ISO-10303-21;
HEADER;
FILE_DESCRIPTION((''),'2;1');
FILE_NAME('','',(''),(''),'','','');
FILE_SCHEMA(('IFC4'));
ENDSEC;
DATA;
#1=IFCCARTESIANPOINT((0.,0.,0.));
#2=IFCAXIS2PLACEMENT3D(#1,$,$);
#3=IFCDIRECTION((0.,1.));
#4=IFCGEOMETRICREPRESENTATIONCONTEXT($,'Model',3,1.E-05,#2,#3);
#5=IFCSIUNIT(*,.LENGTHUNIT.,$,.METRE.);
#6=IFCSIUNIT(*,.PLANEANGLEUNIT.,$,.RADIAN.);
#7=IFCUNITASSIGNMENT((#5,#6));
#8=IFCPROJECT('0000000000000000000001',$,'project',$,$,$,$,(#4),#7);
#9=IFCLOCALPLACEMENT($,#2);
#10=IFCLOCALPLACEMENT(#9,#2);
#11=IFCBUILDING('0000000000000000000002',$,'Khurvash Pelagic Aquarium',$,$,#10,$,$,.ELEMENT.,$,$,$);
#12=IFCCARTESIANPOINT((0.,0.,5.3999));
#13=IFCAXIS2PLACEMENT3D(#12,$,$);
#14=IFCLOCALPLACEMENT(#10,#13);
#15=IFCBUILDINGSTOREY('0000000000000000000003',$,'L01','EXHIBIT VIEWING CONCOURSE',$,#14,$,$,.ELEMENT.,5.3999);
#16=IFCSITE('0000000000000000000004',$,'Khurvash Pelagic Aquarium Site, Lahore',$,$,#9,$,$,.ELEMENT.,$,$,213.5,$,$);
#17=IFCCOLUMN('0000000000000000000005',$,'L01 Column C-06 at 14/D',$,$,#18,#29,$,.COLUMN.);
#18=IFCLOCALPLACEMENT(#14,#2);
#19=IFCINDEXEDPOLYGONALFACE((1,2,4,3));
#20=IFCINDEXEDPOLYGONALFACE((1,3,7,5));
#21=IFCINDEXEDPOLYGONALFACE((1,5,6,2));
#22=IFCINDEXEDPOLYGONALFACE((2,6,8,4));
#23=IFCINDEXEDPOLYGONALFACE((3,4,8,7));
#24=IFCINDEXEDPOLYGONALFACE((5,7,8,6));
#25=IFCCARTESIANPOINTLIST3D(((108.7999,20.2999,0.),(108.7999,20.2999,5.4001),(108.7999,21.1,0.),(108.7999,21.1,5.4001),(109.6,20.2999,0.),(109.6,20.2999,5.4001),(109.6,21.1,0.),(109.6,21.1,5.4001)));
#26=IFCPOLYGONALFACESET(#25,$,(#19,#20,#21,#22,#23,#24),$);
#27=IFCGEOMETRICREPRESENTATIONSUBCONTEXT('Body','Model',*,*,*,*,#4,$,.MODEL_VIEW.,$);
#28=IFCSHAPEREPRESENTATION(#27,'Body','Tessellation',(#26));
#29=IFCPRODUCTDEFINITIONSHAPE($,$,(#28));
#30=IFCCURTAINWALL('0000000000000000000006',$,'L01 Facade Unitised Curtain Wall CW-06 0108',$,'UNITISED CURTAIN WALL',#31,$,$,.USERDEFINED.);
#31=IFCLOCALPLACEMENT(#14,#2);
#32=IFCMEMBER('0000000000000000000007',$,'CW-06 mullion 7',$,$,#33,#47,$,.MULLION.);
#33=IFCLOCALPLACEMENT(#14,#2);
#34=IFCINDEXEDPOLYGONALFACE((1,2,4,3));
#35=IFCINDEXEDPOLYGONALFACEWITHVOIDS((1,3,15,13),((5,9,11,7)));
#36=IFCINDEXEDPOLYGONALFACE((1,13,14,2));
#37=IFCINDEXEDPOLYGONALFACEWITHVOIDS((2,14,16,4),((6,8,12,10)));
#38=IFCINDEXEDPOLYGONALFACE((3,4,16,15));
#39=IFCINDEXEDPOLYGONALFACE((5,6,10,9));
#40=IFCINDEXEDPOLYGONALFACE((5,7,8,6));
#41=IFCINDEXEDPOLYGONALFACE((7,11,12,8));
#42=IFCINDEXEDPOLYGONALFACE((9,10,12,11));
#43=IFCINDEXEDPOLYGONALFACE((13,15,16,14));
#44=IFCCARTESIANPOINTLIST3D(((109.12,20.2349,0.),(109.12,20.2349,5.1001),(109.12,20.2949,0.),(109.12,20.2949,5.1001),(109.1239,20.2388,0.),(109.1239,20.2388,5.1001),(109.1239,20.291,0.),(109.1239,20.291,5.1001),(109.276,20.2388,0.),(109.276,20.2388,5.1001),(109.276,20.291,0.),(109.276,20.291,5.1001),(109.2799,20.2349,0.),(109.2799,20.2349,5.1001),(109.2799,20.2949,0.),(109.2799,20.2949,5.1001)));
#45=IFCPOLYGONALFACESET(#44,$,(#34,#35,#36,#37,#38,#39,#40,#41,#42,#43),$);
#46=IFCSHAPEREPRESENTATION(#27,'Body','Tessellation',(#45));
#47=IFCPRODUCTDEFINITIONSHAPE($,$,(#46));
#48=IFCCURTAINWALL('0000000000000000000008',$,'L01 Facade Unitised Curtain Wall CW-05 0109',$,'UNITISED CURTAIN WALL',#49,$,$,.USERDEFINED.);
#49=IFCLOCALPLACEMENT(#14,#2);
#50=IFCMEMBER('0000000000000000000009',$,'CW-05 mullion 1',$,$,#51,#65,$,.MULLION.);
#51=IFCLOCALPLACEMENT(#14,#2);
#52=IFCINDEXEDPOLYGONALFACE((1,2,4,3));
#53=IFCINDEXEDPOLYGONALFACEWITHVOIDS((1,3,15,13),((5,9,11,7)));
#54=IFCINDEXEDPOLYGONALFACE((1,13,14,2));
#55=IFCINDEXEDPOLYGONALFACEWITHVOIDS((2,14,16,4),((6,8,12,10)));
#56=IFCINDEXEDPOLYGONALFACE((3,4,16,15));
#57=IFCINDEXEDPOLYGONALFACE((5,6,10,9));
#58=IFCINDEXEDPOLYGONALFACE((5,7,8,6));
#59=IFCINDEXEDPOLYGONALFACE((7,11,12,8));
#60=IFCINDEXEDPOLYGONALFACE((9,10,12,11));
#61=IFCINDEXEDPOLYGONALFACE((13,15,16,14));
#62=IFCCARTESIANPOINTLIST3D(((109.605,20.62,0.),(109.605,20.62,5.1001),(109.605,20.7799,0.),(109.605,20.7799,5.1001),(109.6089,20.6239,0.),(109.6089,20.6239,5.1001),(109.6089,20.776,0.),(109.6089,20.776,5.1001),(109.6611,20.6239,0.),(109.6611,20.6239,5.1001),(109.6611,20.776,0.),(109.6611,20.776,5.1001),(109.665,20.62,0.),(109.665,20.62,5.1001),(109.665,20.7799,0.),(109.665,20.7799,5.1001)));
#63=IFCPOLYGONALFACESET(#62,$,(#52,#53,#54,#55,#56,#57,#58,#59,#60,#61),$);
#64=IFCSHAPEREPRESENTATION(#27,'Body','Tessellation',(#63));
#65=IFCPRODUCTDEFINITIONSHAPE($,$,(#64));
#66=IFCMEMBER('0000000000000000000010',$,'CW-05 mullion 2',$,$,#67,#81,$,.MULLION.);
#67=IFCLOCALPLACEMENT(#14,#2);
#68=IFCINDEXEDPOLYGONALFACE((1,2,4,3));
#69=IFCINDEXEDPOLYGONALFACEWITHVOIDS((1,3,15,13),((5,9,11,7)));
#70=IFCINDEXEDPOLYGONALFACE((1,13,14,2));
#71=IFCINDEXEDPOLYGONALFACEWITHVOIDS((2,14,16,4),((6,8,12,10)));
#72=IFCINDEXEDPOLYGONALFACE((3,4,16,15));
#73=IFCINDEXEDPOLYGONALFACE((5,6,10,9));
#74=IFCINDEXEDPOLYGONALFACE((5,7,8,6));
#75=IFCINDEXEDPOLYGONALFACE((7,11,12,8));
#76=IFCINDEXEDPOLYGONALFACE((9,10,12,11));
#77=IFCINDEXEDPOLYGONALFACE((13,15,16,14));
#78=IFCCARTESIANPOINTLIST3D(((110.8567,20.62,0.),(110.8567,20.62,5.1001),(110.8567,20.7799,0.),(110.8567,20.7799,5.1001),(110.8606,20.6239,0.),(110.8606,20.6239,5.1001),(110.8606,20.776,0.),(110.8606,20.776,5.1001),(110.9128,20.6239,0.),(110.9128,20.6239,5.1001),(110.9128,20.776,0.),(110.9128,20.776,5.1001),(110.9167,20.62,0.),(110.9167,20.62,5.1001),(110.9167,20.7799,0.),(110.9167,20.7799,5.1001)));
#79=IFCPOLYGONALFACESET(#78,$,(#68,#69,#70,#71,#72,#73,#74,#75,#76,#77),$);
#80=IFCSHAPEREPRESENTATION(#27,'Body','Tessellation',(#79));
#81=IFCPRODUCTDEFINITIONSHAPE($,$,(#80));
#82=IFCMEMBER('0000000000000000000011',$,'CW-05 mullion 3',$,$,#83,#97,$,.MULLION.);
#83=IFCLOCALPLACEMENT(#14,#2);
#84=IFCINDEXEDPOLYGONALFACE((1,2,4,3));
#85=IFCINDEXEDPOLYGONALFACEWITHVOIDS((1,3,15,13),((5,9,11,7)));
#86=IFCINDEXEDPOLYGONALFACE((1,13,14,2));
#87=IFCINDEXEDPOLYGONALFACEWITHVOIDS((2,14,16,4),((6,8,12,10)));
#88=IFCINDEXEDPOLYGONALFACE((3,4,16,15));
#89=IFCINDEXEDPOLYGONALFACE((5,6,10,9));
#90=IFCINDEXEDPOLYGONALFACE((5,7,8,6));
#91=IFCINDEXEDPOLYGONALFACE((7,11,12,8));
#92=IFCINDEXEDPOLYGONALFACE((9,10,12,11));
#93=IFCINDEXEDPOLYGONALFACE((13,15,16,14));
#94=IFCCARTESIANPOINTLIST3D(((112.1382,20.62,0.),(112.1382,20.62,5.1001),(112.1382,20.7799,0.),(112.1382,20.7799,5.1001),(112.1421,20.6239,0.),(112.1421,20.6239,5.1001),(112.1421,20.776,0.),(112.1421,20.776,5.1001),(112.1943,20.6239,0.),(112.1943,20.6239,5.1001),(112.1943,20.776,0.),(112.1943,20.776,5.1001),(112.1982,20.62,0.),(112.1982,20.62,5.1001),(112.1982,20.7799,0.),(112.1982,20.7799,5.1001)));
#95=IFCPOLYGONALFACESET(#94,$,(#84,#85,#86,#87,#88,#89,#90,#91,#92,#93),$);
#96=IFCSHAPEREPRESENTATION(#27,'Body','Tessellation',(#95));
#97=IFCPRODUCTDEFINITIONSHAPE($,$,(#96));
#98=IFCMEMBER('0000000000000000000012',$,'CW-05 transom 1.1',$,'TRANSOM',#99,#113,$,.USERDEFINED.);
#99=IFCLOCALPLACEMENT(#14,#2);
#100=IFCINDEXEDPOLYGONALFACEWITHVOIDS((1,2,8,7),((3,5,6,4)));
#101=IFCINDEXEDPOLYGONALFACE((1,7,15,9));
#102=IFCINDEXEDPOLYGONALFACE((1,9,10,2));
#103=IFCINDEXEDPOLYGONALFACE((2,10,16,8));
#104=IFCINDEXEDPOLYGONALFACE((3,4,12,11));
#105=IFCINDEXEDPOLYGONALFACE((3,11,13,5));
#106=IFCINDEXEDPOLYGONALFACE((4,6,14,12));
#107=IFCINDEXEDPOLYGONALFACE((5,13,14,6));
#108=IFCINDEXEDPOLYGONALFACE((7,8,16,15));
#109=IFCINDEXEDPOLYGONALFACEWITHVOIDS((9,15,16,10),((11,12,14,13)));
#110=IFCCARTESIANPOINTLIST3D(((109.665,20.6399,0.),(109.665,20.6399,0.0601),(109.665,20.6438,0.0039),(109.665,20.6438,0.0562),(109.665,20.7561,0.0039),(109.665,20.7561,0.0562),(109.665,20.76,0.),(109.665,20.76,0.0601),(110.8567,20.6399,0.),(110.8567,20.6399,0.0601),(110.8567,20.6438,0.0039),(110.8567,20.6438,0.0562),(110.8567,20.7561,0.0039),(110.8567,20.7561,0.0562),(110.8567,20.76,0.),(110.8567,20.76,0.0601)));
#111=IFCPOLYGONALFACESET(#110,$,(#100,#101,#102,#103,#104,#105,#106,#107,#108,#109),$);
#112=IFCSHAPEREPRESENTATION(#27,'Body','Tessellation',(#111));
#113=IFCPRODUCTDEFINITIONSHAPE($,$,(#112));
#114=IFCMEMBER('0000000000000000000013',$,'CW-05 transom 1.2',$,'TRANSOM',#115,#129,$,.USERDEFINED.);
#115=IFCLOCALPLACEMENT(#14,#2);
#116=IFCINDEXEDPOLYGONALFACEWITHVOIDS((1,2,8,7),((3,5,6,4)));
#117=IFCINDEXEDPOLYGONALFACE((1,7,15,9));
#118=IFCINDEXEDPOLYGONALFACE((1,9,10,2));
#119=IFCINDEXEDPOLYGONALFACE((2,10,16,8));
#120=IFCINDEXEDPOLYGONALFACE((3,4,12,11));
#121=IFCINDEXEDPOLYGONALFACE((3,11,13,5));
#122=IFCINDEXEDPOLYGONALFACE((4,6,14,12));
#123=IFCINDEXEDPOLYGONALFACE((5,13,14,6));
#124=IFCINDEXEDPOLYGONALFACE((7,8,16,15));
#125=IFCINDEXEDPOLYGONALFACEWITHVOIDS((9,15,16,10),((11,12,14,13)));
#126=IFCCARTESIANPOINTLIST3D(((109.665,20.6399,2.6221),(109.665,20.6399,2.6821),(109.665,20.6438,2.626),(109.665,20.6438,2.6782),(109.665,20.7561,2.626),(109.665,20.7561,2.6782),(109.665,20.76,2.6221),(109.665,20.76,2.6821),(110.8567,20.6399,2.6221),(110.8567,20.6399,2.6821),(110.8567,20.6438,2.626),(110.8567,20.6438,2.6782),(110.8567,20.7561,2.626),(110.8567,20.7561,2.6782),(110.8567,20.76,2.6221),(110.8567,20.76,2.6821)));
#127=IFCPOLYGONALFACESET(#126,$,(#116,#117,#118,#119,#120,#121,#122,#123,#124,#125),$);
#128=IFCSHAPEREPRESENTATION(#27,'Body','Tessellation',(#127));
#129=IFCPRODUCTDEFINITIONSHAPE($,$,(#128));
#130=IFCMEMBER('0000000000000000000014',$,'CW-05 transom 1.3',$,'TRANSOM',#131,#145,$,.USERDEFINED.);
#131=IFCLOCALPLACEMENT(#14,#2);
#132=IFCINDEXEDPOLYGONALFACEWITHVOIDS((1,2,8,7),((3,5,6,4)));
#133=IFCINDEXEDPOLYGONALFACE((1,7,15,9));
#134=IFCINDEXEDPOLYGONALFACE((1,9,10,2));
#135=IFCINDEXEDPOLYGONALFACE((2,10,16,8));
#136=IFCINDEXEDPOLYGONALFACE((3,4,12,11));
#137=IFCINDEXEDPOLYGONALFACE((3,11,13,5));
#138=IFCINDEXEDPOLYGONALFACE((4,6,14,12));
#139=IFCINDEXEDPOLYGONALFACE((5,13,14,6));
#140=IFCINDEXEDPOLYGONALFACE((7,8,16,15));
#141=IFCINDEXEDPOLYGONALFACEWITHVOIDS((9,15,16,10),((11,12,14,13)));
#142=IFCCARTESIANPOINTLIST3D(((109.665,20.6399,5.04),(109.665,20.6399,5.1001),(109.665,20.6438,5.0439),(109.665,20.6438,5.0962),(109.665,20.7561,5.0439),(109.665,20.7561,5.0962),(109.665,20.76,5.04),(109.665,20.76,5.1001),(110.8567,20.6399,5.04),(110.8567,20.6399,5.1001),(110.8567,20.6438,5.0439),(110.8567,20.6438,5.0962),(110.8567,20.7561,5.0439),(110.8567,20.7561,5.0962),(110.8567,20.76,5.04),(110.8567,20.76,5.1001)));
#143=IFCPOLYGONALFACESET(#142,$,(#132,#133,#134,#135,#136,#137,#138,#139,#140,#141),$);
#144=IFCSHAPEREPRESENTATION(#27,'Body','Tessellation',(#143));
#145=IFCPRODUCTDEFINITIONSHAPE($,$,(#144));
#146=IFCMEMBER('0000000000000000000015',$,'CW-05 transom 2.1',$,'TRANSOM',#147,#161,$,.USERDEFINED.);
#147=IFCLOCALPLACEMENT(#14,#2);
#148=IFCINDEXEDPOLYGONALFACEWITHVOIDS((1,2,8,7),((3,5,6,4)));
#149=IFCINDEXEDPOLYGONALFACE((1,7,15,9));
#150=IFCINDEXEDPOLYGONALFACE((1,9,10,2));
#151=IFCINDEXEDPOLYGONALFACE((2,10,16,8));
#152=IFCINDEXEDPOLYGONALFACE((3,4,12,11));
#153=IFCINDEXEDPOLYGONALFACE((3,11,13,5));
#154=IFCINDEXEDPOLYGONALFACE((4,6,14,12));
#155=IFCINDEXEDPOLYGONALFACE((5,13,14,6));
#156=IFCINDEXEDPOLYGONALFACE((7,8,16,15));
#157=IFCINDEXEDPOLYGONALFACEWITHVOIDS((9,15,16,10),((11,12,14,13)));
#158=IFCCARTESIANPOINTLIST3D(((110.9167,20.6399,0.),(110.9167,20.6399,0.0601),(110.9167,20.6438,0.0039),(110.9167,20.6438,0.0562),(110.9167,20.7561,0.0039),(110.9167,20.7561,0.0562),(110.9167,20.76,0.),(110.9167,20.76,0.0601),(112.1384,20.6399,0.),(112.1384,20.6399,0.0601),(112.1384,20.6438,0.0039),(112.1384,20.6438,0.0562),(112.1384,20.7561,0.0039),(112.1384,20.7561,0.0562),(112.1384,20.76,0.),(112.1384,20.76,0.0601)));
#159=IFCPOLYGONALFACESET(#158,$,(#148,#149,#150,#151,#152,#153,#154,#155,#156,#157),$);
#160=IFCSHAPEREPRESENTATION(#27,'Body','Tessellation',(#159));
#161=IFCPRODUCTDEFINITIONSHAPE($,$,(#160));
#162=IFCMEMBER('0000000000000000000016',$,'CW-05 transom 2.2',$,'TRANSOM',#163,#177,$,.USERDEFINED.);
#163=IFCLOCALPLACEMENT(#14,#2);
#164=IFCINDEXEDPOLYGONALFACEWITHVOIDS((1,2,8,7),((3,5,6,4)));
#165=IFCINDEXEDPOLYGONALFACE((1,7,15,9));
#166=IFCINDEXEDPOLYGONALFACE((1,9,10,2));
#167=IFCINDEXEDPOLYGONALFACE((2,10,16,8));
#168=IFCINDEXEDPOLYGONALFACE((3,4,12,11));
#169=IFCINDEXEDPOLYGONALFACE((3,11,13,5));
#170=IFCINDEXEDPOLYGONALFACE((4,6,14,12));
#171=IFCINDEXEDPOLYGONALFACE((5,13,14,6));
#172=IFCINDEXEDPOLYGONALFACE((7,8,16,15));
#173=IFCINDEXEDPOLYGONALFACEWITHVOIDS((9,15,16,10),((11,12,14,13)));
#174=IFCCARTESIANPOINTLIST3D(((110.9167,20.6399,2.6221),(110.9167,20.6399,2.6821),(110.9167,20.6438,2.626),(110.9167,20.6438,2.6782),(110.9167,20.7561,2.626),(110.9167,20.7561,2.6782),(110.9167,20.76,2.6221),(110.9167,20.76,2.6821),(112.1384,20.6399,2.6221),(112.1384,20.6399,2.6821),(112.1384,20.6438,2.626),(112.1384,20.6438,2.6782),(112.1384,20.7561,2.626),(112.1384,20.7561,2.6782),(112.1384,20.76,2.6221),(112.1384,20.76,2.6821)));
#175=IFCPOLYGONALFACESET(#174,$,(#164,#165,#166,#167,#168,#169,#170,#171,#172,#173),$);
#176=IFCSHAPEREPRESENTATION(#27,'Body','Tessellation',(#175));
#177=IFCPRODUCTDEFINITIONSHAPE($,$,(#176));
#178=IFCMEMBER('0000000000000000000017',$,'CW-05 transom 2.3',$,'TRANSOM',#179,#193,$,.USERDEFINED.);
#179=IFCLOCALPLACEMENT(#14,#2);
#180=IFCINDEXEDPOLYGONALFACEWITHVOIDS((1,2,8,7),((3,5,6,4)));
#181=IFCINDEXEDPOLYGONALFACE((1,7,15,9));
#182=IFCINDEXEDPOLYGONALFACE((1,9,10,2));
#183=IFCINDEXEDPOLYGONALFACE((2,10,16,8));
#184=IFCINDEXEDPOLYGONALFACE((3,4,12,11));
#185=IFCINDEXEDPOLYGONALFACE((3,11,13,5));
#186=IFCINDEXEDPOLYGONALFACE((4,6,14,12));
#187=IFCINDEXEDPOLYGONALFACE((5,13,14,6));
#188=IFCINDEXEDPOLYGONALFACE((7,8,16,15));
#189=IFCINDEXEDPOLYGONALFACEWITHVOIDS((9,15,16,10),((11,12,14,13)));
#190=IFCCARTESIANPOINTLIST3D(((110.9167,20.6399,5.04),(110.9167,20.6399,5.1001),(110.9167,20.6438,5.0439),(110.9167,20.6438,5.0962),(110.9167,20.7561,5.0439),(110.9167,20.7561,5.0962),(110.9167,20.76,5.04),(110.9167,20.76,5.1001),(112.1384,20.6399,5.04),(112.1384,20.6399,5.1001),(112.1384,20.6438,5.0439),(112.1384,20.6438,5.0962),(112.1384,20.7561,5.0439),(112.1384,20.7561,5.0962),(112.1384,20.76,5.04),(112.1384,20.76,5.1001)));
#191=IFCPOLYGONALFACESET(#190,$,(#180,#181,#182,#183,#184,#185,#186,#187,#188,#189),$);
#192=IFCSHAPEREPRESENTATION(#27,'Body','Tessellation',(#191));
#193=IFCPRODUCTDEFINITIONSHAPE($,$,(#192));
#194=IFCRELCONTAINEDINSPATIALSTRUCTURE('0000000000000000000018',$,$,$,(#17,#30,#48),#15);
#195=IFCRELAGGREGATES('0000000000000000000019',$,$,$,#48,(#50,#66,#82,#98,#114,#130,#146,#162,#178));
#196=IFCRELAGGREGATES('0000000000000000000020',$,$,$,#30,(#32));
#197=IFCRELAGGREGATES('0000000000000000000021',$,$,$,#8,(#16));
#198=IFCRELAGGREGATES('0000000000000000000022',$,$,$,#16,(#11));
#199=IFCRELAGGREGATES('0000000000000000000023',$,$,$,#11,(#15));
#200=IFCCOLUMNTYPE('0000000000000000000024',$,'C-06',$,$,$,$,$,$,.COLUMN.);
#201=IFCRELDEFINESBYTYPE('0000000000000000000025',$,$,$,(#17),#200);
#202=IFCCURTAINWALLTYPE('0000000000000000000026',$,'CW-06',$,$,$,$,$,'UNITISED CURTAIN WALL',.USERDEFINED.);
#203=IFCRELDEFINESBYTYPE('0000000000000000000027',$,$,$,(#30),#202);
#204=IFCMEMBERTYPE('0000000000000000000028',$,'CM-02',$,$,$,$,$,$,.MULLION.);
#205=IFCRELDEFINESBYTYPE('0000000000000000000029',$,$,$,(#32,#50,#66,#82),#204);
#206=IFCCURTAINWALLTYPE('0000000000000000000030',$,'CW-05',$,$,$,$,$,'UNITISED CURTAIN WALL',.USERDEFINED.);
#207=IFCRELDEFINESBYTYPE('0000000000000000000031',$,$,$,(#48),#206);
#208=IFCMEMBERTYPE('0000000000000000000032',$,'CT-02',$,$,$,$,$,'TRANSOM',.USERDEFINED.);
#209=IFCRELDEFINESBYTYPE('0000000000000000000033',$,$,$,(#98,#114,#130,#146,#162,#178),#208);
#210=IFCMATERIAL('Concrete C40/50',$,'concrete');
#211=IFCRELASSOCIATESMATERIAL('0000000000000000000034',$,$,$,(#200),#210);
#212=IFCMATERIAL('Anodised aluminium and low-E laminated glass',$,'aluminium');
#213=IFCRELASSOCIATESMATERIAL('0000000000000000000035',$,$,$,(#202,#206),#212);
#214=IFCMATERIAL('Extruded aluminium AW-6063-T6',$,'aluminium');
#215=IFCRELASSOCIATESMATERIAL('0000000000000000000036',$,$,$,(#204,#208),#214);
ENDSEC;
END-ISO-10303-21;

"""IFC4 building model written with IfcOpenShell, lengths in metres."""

from ifc_helpers import new_model, si_unit, direction, frame, origin, origin_2d, place, context, subcontext, project, spatial, rectangle, hollow_rectangle, extrude, material, material_profile, profile_set, type_object, element, aggregate, save


model = new_model("IFC4")

# Units and contexts
model_context = context("Model", 3, precision=1e-05, world=origin(), true_north=direction((0.0, 1.0)))
body_context = subcontext(model_context, "Body", "Model", "MODEL_VIEW")
ifc_project = project(units=[si_unit("LENGTHUNIT", "METRE"), si_unit("PLANEANGLEUNIT", "RADIAN")], contexts=[model_context])

# Site, building, storey
site_placement = place(None, origin())
site = spatial("IfcSite", under=ifc_project, at=site_placement, Name="Khurvash Pelagic Aquarium Site, Lahore", CompositionType="ELEMENT", RefElevation=213.5)
building_placement = place(site_placement, origin())
building = spatial("IfcBuilding", under=site, at=building_placement, Name="Khurvash Pelagic Aquarium", CompositionType="ELEMENT")
storey_placement = place(building_placement, frame((0.0, 0.0, 5.3999)))
storey = spatial("IfcBuildingStorey", under=building, at=storey_placement, Name="L01", Description="EXHIBIT VIEWING CONCOURSE", CompositionType="ELEMENT", Elevation=5.3999)

# Column
ifc_material_1 = material(Name="Concrete C40/50", Category="concrete")
ifc_material_profile_1 = material_profile(ifc_material_1, rectangle(XDim=0.8, YDim=0.8, at=origin_2d()), Name="RC800X800")
ifc_profile_set_1 = profile_set([ifc_material_profile_1], Name="Concrete C40/50")
column_type = type_object("IfcColumnType", Name="C-06", PredefinedType="COLUMN", material=ifc_profile_set_1)
column_placement = place(storey_placement, frame((109.2, 20.7, 0.0), z_axis=(0.0, 0.0, 1.0), x_axis=(1.0, 0.0, 0.0)))
element("IfcColumn", 1, at=column_placement, inside=storey, type_object=column_type, Name="L01 Column C-06 at 14/D", PredefinedType="COLUMN", context=body_context, shape_type="SweptSolid", body=[
    extrude(rectangle(XDim=0.8, YDim=0.8, at=origin_2d()), origin(), (0.0, 0.0, 1.0), 5.4001),
])

# Curtain wall, member
ifc_material_2 = material(Name="Anodised aluminium and low-E laminated glass", Category="aluminium")
curtain_wall_type_1 = type_object("IfcCurtainWallType", Name="CW-06", ElementType="UNITISED CURTAIN WALL", PredefinedType="USERDEFINED", material=ifc_material_2)
curtain_wall_1_placement = place(storey_placement, origin())
curtain_wall_1 = element("IfcCurtainWall", 2, at=curtain_wall_1_placement, inside=storey, type_object=curtain_wall_type_1, Name="L01 Facade Unitised Curtain Wall CW-06 0108", ObjectType="UNITISED CURTAIN WALL", PredefinedType="USERDEFINED")
ifc_material_3 = material(Name="Extruded aluminium AW-6063-T6", Category="aluminium")
ifc_material_profile_2 = material_profile(ifc_material_3, hollow_rectangle(XDim=0.0601, YDim=0.1599, WallThickness=0.0039, at=origin_2d()), Name="CWM60X160X4")
ifc_profile_set_2 = profile_set([ifc_material_profile_2], Name="Extruded aluminium AW-6063-T6")
member_type_1 = type_object("IfcMemberType", Name="CM-02", PredefinedType="MULLION", material=ifc_profile_set_2)
member_1_placement = place(storey_placement, frame((109.2, 20.2649, 0.0), z_axis=(0.0, 0.0, 1.0), x_axis=(0.0, 1.0, 0.0)))
member_1 = element("IfcMember", 3, at=member_1_placement, type_object=member_type_1, Name="CW-06 mullion 7", PredefinedType="MULLION", context=body_context, shape_type="SweptSolid", body=[
    extrude(hollow_rectangle(XDim=0.0601, YDim=0.1599, WallThickness=0.0039, at=origin_2d()), origin(), (0.0, 0.0, 1.0), 5.1001),
])

# Curtain wall, members
curtain_wall_type_2 = type_object("IfcCurtainWallType", Name="CW-05", ElementType="UNITISED CURTAIN WALL", PredefinedType="USERDEFINED", material=ifc_material_2)
curtain_wall_2_placement = place(storey_placement, origin())
curtain_wall_2 = element("IfcCurtainWall", 4, at=curtain_wall_2_placement, inside=storey, type_object=curtain_wall_type_2, Name="L01 Facade Unitised Curtain Wall CW-05 0109", ObjectType="UNITISED CURTAIN WALL", PredefinedType="USERDEFINED")
member_2_placement = place(storey_placement, frame((109.635, 20.7, 0.0), z_axis=(0.0, 0.0, 1.0), x_axis=(1.0, 0.0, 0.0)))
member_2 = element("IfcMember", 5, at=member_2_placement, type_object=member_type_1, Name="CW-05 mullion 1", PredefinedType="MULLION", context=body_context, shape_type="SweptSolid", body=[
    extrude(hollow_rectangle(XDim=0.0601, YDim=0.1599, WallThickness=0.0039, at=origin_2d()), origin(), (0.0, 0.0, 1.0), 5.1001),
])
member_3_placement = place(storey_placement, frame((110.8867, 20.7, 0.0), z_axis=(0.0, 0.0, 1.0), x_axis=(1.0, 0.0, 0.0)))
member_3 = element("IfcMember", 6, at=member_3_placement, type_object=member_type_1, Name="CW-05 mullion 2", PredefinedType="MULLION", context=body_context, shape_type="SweptSolid", body=[
    extrude(hollow_rectangle(XDim=0.0601, YDim=0.1599, WallThickness=0.0039, at=origin_2d()), origin(), (0.0, 0.0, 1.0), 5.1001),
])
member_4_placement = place(storey_placement, frame((112.1682, 20.7, 0.0), z_axis=(0.0, 0.0, 1.0), x_axis=(1.0, 0.0, 0.0)))
member_4 = element("IfcMember", 7, at=member_4_placement, type_object=member_type_1, Name="CW-05 mullion 3", PredefinedType="MULLION", context=body_context, shape_type="SweptSolid", body=[
    extrude(hollow_rectangle(XDim=0.0601, YDim=0.1599, WallThickness=0.0039, at=origin_2d()), origin(), (0.0, 0.0, 1.0), 5.1001),
])
ifc_material_profile_3 = material_profile(ifc_material_3, hollow_rectangle(XDim=0.1201, YDim=0.0601, WallThickness=0.0039, at=origin_2d()), Name="CWT120X60X4")
ifc_profile_set_3 = profile_set([ifc_material_profile_3], Name="Extruded aluminium AW-6063-T6")
member_type_2 = type_object("IfcMemberType", Name="CT-02", ElementType="TRANSOM", PredefinedType="USERDEFINED", material=ifc_profile_set_3)
member_5_placement = place(storey_placement, frame((109.665, 20.7, 0.03), z_axis=(1.0, 0.0, 0.0), x_axis=(0.0, 1.0, 0.0)))
member_5 = element("IfcMember", 8, at=member_5_placement, type_object=member_type_2, Name="CW-05 transom 1.1", ObjectType="TRANSOM", PredefinedType="USERDEFINED", context=body_context, shape_type="SweptSolid", body=[
    extrude(hollow_rectangle(XDim=0.1201, YDim=0.0601, WallThickness=0.0039, at=origin_2d()), origin(), (0.0, 0.0, 1.0), 1.1917),
])
member_6_placement = place(storey_placement, frame((109.665, 20.7, 2.6521), z_axis=(1.0, 0.0, 0.0), x_axis=(0.0, 1.0, 0.0)))
member_6 = element("IfcMember", 9, at=member_6_placement, type_object=member_type_2, Name="CW-05 transom 1.2", ObjectType="TRANSOM", PredefinedType="USERDEFINED", context=body_context, shape_type="SweptSolid", body=[
    extrude(hollow_rectangle(XDim=0.1201, YDim=0.0601, WallThickness=0.0039, at=origin_2d()), origin(), (0.0, 0.0, 1.0), 1.1917),
])
member_7_placement = place(storey_placement, frame((109.665, 20.7, 5.0701), z_axis=(1.0, 0.0, 0.0), x_axis=(0.0, 1.0, 0.0)))
member_7 = element("IfcMember", 10, at=member_7_placement, type_object=member_type_2, Name="CW-05 transom 1.3", ObjectType="TRANSOM", PredefinedType="USERDEFINED", context=body_context, shape_type="SweptSolid", body=[
    extrude(hollow_rectangle(XDim=0.1201, YDim=0.0601, WallThickness=0.0039, at=origin_2d()), origin(), (0.0, 0.0, 1.0), 1.1917),
])
member_8_placement = place(storey_placement, frame((110.9167, 20.7, 0.03), z_axis=(1.0, 0.0, 0.0), x_axis=(0.0, 1.0, 0.0)))
member_8 = element("IfcMember", 11, at=member_8_placement, type_object=member_type_2, Name="CW-05 transom 2.1", ObjectType="TRANSOM", PredefinedType="USERDEFINED", context=body_context, shape_type="SweptSolid", body=[
    extrude(hollow_rectangle(XDim=0.1201, YDim=0.0601, WallThickness=0.0039, at=origin_2d()), origin(), (0.0, 0.0, 1.0), 1.2217),
])
member_9_placement = place(storey_placement, frame((110.9167, 20.7, 2.6521), z_axis=(1.0, 0.0, 0.0), x_axis=(0.0, 1.0, 0.0)))
member_9 = element("IfcMember", 12, at=member_9_placement, type_object=member_type_2, Name="CW-05 transom 2.2", ObjectType="TRANSOM", PredefinedType="USERDEFINED", context=body_context, shape_type="SweptSolid", body=[
    extrude(hollow_rectangle(XDim=0.1201, YDim=0.0601, WallThickness=0.0039, at=origin_2d()), origin(), (0.0, 0.0, 1.0), 1.2217),
])
member_10_placement = place(storey_placement, frame((110.9167, 20.7, 5.0701), z_axis=(1.0, 0.0, 0.0), x_axis=(0.0, 1.0, 0.0)))
member_10 = element("IfcMember", 13, at=member_10_placement, type_object=member_type_2, Name="CW-05 transom 2.3", ObjectType="TRANSOM", PredefinedType="USERDEFINED", context=body_context, shape_type="SweptSolid", body=[
    extrude(hollow_rectangle(XDim=0.1201, YDim=0.0601, WallThickness=0.0039, at=origin_2d()), origin(), (0.0, 0.0, 1.0), 1.2217),
])

aggregate(curtain_wall_2, [member_2, member_3, member_4, member_5, member_6, member_7, member_8, member_9, member_10])
aggregate(curtain_wall_1, [member_1])

save(model, "model.ifc")
